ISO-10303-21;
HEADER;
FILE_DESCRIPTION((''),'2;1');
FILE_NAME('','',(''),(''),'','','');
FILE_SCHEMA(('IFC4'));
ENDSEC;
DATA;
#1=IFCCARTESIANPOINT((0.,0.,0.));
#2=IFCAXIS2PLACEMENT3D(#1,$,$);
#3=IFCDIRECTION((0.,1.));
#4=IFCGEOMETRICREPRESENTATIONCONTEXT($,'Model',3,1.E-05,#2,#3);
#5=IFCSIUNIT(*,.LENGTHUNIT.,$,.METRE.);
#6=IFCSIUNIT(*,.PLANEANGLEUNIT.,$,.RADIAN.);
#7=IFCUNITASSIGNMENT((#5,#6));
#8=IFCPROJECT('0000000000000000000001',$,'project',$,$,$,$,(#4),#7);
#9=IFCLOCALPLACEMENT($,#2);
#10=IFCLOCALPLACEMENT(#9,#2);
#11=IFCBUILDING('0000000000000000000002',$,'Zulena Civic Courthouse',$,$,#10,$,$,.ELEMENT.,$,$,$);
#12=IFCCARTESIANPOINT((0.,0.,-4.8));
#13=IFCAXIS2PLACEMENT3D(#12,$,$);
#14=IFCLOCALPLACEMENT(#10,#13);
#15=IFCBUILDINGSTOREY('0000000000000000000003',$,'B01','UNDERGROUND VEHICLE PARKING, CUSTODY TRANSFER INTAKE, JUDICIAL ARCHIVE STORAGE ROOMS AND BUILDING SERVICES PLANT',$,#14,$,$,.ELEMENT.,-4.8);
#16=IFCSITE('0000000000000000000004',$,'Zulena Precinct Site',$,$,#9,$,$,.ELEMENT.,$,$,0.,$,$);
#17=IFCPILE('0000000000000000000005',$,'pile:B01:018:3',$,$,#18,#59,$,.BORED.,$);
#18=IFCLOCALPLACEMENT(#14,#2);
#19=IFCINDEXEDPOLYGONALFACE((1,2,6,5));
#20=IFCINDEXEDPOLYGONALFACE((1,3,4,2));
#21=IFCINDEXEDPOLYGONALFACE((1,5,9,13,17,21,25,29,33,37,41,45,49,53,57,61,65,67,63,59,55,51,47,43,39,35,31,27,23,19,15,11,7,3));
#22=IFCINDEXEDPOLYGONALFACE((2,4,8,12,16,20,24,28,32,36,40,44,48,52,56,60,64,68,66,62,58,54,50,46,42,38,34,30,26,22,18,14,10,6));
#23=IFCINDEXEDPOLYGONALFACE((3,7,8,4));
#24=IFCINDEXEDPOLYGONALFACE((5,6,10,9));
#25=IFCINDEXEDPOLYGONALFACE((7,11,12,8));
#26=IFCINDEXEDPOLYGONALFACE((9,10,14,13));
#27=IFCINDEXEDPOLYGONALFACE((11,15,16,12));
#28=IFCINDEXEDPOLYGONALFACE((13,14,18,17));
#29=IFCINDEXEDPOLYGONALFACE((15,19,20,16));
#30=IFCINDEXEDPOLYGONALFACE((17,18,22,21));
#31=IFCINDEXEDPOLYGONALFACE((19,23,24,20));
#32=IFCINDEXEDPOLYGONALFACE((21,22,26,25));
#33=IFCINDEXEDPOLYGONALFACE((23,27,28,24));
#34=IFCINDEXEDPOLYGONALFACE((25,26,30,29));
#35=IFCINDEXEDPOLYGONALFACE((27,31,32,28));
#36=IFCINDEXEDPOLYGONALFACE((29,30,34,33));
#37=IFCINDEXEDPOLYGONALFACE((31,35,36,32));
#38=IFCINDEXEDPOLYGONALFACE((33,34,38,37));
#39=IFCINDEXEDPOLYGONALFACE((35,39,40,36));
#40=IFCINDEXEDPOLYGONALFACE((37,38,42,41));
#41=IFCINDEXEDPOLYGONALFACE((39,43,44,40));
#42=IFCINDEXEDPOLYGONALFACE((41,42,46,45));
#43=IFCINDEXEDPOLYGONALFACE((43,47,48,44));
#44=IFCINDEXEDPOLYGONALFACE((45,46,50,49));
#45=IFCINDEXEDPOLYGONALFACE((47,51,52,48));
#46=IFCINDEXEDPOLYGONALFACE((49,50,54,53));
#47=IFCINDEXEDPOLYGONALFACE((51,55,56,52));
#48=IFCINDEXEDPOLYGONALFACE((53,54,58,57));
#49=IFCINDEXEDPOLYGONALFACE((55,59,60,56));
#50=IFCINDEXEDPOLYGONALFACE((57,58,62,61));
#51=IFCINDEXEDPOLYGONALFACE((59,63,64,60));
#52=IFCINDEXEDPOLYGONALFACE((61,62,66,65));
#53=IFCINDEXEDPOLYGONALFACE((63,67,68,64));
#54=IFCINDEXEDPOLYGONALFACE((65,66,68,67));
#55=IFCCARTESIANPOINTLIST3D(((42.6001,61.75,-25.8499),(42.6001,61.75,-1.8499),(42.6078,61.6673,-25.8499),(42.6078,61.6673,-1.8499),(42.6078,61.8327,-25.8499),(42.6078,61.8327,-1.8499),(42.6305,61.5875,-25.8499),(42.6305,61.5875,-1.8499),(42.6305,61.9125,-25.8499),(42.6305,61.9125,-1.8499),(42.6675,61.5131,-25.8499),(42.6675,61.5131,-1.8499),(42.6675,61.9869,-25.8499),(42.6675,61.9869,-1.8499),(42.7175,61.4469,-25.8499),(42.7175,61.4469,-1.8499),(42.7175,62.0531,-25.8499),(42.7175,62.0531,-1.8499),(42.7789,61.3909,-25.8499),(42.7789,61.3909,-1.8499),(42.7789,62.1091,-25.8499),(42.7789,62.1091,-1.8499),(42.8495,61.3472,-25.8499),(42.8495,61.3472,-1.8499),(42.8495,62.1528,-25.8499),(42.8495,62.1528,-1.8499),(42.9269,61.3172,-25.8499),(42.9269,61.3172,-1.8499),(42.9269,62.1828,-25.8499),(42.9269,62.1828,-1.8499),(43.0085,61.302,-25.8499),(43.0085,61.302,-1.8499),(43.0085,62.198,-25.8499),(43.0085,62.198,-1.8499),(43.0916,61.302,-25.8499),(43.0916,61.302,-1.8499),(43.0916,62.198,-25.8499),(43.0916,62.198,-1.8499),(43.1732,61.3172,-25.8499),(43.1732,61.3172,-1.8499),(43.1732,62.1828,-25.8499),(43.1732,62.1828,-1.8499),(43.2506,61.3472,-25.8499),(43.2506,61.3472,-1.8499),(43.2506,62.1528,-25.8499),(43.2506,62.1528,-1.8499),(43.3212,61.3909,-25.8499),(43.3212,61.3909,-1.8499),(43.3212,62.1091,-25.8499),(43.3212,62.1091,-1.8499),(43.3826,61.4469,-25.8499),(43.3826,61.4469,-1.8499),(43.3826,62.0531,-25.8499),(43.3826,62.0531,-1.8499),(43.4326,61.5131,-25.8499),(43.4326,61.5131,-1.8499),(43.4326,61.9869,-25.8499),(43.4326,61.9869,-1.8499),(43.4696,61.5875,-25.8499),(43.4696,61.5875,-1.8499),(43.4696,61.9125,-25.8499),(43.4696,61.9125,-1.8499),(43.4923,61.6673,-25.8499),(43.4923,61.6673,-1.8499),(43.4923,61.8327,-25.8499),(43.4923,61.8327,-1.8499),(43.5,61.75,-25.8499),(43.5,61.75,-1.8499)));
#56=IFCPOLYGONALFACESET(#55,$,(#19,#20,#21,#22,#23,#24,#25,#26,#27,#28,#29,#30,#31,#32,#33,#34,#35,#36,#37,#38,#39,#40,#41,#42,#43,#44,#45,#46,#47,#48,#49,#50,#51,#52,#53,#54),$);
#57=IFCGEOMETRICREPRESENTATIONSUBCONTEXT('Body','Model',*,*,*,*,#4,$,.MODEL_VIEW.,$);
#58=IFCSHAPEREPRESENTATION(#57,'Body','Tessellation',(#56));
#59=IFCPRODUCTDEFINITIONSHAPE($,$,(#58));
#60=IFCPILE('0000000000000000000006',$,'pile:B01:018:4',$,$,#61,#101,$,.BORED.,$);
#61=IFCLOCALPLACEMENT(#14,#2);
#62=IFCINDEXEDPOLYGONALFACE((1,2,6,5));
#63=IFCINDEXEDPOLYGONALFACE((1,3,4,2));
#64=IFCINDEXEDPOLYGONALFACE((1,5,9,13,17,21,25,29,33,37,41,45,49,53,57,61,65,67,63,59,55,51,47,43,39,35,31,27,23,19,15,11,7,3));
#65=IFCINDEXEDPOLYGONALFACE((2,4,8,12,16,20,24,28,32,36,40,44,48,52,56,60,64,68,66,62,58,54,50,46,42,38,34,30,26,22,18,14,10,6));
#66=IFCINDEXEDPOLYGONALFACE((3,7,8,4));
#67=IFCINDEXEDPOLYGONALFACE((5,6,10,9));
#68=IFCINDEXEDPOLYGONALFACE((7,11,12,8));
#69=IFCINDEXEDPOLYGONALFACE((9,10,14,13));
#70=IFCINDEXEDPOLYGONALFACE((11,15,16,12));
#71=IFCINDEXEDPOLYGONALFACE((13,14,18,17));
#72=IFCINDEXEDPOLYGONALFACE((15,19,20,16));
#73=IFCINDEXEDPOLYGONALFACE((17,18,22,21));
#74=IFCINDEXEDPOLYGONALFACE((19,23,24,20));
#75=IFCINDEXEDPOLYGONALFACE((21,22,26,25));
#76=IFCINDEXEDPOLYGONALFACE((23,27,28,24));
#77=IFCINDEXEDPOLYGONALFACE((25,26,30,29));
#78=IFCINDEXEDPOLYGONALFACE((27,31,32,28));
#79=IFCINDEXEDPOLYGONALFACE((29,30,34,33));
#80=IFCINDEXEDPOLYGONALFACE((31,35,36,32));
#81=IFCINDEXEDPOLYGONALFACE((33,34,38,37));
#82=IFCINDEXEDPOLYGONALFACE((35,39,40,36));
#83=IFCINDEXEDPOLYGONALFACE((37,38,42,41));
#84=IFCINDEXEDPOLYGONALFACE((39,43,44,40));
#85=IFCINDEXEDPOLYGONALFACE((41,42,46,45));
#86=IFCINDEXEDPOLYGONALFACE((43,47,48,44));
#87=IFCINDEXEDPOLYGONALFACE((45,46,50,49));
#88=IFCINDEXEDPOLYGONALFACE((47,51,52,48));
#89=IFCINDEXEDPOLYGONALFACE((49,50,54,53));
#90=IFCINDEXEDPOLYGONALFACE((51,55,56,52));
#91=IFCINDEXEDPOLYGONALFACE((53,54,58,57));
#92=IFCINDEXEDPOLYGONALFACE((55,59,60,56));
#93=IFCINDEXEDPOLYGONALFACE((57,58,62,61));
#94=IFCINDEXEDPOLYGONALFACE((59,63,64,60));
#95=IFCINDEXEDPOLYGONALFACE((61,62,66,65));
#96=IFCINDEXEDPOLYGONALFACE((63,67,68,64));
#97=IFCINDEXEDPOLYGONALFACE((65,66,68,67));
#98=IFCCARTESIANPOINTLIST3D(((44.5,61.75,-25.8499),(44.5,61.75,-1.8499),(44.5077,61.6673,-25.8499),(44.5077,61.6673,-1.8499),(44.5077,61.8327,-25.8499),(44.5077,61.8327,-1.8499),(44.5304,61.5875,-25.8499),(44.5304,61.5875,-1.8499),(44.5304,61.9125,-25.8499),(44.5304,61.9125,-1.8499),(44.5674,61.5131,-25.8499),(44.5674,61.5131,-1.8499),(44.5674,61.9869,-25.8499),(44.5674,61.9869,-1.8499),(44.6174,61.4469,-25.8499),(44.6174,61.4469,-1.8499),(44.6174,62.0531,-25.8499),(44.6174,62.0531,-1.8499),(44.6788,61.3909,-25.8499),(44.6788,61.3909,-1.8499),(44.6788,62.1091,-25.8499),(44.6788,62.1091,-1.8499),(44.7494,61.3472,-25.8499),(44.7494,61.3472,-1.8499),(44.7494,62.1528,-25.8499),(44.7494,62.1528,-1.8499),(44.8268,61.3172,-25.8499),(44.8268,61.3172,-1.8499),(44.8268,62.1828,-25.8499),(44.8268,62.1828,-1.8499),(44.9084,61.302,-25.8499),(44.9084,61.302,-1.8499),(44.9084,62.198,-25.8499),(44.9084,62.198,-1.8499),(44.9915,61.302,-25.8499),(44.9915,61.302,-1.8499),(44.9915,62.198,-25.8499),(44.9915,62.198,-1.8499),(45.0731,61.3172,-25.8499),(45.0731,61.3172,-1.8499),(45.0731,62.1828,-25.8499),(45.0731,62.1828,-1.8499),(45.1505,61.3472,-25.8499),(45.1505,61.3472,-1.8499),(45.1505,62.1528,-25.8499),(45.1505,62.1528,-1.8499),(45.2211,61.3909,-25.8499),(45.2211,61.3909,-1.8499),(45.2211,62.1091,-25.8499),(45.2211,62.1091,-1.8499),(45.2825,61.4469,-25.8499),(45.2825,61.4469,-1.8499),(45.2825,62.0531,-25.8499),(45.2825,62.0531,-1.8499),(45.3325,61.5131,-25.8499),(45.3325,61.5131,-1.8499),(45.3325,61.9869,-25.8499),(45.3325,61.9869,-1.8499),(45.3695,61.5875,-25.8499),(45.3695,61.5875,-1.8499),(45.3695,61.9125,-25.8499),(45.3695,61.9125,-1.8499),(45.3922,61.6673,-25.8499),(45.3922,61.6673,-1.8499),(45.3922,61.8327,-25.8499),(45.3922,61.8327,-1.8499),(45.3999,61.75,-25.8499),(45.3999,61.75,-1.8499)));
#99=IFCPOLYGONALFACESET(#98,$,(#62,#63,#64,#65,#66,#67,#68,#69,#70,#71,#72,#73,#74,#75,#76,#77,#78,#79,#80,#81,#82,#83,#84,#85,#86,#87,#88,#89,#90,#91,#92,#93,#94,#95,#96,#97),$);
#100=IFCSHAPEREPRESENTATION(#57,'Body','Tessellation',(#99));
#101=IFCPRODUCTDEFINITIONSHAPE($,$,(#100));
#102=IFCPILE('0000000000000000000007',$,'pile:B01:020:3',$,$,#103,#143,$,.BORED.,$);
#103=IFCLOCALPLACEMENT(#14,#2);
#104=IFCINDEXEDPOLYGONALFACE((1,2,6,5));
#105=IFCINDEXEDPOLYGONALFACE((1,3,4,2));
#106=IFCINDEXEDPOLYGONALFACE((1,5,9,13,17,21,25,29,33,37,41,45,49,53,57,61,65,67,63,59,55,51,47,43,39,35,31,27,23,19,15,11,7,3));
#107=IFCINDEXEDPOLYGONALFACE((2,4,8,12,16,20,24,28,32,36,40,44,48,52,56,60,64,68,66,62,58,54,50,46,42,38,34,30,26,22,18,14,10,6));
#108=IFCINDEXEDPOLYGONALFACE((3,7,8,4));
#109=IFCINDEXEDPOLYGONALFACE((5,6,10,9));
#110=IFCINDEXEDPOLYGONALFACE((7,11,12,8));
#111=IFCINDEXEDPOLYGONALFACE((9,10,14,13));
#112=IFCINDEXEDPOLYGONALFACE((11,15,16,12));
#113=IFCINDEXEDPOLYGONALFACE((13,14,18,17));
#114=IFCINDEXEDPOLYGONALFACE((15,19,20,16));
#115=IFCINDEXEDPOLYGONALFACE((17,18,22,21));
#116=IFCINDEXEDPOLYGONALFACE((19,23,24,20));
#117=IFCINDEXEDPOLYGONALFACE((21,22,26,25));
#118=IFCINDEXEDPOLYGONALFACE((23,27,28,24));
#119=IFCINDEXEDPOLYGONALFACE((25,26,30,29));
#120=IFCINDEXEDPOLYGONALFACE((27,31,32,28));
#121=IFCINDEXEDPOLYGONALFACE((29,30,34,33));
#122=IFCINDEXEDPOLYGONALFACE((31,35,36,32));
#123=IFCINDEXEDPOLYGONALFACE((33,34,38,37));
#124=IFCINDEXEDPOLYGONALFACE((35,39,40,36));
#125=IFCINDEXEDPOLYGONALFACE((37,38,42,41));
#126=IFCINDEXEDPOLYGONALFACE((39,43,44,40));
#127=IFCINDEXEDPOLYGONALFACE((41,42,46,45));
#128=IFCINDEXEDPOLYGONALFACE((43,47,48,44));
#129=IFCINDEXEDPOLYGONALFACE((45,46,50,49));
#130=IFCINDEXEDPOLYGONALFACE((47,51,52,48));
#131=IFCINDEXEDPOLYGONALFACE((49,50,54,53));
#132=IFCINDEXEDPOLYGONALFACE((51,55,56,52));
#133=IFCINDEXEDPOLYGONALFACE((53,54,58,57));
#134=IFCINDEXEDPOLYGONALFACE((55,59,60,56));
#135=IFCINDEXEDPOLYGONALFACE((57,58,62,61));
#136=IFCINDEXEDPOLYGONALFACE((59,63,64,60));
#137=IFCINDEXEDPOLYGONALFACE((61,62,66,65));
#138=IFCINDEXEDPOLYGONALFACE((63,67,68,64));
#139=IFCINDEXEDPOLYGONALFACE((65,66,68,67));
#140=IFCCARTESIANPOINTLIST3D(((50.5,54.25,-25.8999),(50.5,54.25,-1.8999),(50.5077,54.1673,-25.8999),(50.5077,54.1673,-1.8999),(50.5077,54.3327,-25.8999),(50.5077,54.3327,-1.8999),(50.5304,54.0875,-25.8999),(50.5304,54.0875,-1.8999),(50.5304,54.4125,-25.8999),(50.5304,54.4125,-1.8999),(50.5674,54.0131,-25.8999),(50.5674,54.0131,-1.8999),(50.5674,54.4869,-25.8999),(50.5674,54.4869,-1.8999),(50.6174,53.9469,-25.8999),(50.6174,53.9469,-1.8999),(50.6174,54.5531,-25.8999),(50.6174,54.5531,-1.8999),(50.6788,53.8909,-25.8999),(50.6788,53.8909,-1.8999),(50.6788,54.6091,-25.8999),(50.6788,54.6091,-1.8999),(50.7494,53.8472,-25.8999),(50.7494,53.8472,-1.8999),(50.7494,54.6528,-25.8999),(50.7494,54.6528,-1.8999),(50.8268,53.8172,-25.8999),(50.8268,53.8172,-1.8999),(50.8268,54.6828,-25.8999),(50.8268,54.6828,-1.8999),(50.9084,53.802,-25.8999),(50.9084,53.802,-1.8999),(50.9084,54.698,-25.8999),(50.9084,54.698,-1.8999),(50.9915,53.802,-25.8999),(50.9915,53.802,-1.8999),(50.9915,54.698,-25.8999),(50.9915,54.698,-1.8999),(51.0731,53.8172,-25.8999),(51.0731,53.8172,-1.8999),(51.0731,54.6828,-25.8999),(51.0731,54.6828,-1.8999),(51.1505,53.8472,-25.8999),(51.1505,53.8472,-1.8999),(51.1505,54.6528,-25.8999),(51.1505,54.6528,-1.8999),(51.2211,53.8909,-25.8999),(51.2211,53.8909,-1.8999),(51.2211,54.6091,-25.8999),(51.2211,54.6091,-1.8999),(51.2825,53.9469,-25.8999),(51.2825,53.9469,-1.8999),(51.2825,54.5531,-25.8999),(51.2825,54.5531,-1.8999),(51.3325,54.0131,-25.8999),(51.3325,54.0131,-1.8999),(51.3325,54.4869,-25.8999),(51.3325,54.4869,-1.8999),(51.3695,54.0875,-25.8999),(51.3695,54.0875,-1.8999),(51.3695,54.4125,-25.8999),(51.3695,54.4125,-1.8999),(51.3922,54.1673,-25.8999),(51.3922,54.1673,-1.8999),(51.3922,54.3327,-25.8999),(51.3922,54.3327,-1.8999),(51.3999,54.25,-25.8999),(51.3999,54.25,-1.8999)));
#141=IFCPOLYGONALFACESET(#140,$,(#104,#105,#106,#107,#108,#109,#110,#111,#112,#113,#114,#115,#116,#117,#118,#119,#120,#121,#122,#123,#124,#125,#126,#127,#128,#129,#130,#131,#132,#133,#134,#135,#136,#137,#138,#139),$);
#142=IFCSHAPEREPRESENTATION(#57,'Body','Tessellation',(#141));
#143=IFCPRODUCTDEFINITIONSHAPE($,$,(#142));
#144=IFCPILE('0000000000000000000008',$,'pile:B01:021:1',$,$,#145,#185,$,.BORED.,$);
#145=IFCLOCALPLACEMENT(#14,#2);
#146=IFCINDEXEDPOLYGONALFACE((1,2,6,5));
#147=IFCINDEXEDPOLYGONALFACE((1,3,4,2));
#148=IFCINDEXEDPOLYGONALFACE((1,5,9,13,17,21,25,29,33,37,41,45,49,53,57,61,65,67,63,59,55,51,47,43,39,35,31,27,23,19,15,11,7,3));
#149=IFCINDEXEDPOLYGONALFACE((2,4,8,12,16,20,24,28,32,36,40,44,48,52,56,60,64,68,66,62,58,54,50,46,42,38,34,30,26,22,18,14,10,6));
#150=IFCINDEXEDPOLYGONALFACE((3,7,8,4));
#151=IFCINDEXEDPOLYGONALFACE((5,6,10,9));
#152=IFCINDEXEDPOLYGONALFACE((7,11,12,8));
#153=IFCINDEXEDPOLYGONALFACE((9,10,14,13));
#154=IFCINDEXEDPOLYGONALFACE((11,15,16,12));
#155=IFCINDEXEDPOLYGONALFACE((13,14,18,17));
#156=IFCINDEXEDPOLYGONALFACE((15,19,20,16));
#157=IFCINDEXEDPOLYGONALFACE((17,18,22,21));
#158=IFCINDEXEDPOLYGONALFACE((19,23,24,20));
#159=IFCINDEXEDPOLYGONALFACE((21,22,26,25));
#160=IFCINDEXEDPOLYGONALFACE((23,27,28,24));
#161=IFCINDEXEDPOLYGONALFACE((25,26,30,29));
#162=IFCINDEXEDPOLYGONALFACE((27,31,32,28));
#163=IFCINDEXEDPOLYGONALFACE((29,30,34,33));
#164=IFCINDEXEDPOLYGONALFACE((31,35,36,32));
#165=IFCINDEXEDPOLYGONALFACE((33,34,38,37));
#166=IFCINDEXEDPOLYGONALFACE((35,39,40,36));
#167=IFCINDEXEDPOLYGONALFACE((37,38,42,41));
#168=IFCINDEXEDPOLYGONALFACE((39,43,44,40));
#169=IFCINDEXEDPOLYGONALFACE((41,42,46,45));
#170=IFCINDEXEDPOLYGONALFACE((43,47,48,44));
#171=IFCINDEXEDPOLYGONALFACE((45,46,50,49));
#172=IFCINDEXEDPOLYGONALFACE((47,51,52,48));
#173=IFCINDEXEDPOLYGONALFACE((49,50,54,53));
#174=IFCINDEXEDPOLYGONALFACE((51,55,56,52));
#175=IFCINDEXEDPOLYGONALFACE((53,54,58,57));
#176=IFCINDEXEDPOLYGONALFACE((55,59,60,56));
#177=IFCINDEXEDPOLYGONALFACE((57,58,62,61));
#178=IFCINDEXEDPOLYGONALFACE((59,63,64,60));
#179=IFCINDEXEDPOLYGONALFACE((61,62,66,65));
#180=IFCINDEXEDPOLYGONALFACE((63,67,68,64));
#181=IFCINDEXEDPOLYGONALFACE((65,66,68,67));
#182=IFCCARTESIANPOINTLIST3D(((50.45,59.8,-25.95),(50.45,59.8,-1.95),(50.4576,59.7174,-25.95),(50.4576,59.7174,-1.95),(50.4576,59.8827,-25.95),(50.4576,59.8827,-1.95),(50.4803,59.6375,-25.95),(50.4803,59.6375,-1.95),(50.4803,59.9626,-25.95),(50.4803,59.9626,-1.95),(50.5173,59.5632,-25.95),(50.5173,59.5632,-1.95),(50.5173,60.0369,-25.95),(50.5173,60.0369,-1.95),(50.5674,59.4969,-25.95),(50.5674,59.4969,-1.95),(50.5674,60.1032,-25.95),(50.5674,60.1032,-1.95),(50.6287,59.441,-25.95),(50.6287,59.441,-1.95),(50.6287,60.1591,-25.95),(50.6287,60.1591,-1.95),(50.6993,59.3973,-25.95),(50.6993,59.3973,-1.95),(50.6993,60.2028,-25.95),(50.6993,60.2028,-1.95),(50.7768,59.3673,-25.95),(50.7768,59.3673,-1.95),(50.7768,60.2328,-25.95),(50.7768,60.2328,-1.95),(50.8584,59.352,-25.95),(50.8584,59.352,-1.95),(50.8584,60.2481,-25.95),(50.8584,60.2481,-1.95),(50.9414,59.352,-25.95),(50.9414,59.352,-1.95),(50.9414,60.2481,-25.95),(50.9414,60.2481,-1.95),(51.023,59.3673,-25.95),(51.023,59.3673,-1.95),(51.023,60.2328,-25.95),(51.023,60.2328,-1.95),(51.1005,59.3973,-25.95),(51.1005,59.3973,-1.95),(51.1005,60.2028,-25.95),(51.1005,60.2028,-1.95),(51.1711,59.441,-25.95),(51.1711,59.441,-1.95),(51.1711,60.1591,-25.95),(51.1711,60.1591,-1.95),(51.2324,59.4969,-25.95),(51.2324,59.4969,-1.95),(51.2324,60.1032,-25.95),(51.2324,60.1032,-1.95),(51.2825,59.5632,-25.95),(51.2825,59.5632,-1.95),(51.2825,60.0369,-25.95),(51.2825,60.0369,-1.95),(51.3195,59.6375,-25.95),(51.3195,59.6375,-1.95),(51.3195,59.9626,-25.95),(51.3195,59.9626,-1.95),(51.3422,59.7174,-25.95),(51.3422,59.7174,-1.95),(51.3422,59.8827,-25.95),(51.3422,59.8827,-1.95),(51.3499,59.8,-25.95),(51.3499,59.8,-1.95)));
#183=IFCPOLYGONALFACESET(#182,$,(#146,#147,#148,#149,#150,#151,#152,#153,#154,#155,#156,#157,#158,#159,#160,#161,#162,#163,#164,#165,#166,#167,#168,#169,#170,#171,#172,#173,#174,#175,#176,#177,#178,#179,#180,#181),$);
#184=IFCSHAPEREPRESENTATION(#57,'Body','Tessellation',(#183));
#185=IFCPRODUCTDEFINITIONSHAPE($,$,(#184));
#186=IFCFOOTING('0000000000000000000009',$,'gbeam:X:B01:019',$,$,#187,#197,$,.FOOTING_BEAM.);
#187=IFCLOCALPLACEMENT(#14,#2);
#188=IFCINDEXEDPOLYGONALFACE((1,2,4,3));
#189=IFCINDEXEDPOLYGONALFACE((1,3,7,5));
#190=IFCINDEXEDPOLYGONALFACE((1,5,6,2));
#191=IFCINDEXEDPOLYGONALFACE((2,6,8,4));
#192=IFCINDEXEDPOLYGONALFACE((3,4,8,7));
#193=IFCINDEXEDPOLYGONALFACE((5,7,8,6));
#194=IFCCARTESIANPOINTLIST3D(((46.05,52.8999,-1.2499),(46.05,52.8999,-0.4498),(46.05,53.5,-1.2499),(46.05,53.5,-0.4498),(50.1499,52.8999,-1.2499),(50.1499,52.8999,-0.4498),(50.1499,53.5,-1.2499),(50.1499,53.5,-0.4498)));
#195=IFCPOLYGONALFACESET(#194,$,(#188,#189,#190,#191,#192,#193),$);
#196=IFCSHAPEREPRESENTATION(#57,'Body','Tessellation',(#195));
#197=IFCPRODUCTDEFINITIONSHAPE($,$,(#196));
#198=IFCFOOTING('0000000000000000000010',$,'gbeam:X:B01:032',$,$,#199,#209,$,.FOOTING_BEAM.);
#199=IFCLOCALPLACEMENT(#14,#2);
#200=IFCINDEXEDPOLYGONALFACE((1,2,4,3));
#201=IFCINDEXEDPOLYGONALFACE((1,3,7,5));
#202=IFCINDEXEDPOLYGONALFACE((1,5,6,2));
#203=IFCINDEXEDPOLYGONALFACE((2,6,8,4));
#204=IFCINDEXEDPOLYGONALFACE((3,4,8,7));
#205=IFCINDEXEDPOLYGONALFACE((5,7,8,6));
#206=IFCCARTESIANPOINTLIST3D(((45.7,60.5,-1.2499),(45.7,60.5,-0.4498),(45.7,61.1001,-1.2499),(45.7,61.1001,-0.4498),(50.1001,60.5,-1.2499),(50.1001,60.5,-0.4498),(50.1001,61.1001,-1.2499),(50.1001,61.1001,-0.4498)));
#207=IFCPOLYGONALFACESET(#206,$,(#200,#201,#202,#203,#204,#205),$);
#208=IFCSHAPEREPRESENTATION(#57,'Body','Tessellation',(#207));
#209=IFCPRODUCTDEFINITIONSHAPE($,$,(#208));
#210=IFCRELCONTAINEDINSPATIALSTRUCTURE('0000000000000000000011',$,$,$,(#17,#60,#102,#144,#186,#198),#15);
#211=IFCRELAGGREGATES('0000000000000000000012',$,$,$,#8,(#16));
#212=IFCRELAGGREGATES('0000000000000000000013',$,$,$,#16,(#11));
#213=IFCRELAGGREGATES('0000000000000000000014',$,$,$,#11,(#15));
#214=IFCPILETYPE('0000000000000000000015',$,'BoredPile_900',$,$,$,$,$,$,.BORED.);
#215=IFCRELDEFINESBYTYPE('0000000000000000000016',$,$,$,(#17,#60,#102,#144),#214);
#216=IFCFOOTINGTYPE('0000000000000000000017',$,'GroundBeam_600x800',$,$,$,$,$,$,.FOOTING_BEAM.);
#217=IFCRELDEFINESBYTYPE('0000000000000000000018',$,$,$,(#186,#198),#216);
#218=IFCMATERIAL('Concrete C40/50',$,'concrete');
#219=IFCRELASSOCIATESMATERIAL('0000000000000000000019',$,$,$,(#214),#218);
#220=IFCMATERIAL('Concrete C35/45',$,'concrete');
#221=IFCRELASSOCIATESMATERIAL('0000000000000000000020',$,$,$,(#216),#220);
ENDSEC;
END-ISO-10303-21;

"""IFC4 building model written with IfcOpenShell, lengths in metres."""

from ifc_helpers import new_model, si_unit, direction, frame, origin, origin_2d, place, context, subcontext, project, spatial, rectangle, circle, extrude, material, material_profile, profile_set, type_object, element, save


model = new_model("IFC4")

# Units and contexts
model_context = context("Model", 3, precision=1e-05, world=origin(), true_north=direction((0.0, 1.0)))
body_context = subcontext(model_context, "Body", "Model", "MODEL_VIEW")
ifc_project = project(units=[si_unit("LENGTHUNIT", "METRE"), si_unit("PLANEANGLEUNIT", "RADIAN")], contexts=[model_context])

# Site, building, storey
site_placement = place(None, origin())
site = spatial("IfcSite", under=ifc_project, at=site_placement, Name="Zulena Precinct Site", CompositionType="ELEMENT", RefElevation=0.0)
building_placement = place(site_placement, origin())
building = spatial("IfcBuilding", under=site, at=building_placement, Name="Zulena Civic Courthouse", CompositionType="ELEMENT")
storey_placement = place(building_placement, frame((0.0, 0.0, -4.8)))
storey = spatial("IfcBuildingStorey", under=building, at=storey_placement, Name="B01", Description="UNDERGROUND VEHICLE PARKING, CUSTODY TRANSFER INTAKE, JUDICIAL ARCHIVE STORAGE ROOMS AND BUILDING SERVICES PLANT", CompositionType="ELEMENT", Elevation=-4.8)

# Piles
ifc_material_1 = material(Name="Concrete C40/50", Category="concrete")
ifc_material_profile_1 = material_profile(ifc_material_1, circle(Radius=0.45, at=origin_2d()), Name="PILE900")
ifc_profile_set_1 = profile_set([ifc_material_profile_1], Name="Concrete C40/50")
pile_type_1 = type_object("IfcPileType", Name="BoredPile_900", PredefinedType="BORED", material=ifc_profile_set_1)
for number, where, z_axis, x_axis, name in (
    (1, (43.05, 61.75, -1.8499), (0.0, 0.0, -1.0), (1.0, 0.0, 0.0), "pile:B01:018:3"),
    (2, (44.95, 61.75, -1.8499), (0.0, 0.0, -1.0), (1.0, 0.0, 0.0), "pile:B01:018:4"),
    (3, (50.95, 54.25, -1.8999), (0.0, 0.0, -1.0), (1.0, 0.0, 0.0), "pile:B01:020:3"),
    (4, (50.8999, 59.8, -1.95), (0.0, 0.0, -1.0), (1.0, 0.0, 0.0), "pile:B01:021:1"),
):
    element("IfcPile", number, at=place(storey_placement, frame(where, z_axis=z_axis, x_axis=x_axis)), inside=storey, type_object=pile_type_1, Name=name, PredefinedType="BORED", context=body_context, shape_type="SweptSolid", body=[
        extrude(circle(Radius=0.45, at=origin_2d()), origin(), (0.0, 0.0, 1.0), 24.0),
    ])

# Footings
ifc_material_2 = material(Name="Concrete C35/45", Category="concrete")
ifc_material_profile_2 = material_profile(ifc_material_2, rectangle(XDim=0.6001, YDim=0.8, at=origin_2d()), Name="RC600X800")
ifc_profile_set_2 = profile_set([ifc_material_profile_2], Name="Concrete C35/45")
footing_type_1 = type_object("IfcFootingType", Name="GroundBeam_600x800", PredefinedType="FOOTING_BEAM", material=ifc_profile_set_2)
footing_1_placement = place(storey_placement, frame((46.05, 53.2, -0.8499), z_axis=(1.0, 0.0, 0.0), x_axis=(0.0, 1.0, 0.0)))
element("IfcFooting", 5, at=footing_1_placement, inside=storey, type_object=footing_type_1, Name="gbeam:X:B01:019", PredefinedType="FOOTING_BEAM", context=body_context, shape_type="SweptSolid", body=[
    extrude(rectangle(XDim=0.6001, YDim=0.8, at=origin_2d()), origin(), (0.0, 0.0, 1.0), 4.0999),
])
footing_2_placement = place(storey_placement, frame((45.7, 60.8, -0.8499), z_axis=(1.0, 0.0, 0.0), x_axis=(0.0, 1.0, 0.0)))
element("IfcFooting", 6, at=footing_2_placement, inside=storey, type_object=footing_type_1, Name="gbeam:X:B01:032", PredefinedType="FOOTING_BEAM", context=body_context, shape_type="SweptSolid", body=[
    extrude(rectangle(XDim=0.6001, YDim=0.8, at=origin_2d()), origin(), (0.0, 0.0, 1.0), 4.4001),
])

save(model, "model.ifc")
